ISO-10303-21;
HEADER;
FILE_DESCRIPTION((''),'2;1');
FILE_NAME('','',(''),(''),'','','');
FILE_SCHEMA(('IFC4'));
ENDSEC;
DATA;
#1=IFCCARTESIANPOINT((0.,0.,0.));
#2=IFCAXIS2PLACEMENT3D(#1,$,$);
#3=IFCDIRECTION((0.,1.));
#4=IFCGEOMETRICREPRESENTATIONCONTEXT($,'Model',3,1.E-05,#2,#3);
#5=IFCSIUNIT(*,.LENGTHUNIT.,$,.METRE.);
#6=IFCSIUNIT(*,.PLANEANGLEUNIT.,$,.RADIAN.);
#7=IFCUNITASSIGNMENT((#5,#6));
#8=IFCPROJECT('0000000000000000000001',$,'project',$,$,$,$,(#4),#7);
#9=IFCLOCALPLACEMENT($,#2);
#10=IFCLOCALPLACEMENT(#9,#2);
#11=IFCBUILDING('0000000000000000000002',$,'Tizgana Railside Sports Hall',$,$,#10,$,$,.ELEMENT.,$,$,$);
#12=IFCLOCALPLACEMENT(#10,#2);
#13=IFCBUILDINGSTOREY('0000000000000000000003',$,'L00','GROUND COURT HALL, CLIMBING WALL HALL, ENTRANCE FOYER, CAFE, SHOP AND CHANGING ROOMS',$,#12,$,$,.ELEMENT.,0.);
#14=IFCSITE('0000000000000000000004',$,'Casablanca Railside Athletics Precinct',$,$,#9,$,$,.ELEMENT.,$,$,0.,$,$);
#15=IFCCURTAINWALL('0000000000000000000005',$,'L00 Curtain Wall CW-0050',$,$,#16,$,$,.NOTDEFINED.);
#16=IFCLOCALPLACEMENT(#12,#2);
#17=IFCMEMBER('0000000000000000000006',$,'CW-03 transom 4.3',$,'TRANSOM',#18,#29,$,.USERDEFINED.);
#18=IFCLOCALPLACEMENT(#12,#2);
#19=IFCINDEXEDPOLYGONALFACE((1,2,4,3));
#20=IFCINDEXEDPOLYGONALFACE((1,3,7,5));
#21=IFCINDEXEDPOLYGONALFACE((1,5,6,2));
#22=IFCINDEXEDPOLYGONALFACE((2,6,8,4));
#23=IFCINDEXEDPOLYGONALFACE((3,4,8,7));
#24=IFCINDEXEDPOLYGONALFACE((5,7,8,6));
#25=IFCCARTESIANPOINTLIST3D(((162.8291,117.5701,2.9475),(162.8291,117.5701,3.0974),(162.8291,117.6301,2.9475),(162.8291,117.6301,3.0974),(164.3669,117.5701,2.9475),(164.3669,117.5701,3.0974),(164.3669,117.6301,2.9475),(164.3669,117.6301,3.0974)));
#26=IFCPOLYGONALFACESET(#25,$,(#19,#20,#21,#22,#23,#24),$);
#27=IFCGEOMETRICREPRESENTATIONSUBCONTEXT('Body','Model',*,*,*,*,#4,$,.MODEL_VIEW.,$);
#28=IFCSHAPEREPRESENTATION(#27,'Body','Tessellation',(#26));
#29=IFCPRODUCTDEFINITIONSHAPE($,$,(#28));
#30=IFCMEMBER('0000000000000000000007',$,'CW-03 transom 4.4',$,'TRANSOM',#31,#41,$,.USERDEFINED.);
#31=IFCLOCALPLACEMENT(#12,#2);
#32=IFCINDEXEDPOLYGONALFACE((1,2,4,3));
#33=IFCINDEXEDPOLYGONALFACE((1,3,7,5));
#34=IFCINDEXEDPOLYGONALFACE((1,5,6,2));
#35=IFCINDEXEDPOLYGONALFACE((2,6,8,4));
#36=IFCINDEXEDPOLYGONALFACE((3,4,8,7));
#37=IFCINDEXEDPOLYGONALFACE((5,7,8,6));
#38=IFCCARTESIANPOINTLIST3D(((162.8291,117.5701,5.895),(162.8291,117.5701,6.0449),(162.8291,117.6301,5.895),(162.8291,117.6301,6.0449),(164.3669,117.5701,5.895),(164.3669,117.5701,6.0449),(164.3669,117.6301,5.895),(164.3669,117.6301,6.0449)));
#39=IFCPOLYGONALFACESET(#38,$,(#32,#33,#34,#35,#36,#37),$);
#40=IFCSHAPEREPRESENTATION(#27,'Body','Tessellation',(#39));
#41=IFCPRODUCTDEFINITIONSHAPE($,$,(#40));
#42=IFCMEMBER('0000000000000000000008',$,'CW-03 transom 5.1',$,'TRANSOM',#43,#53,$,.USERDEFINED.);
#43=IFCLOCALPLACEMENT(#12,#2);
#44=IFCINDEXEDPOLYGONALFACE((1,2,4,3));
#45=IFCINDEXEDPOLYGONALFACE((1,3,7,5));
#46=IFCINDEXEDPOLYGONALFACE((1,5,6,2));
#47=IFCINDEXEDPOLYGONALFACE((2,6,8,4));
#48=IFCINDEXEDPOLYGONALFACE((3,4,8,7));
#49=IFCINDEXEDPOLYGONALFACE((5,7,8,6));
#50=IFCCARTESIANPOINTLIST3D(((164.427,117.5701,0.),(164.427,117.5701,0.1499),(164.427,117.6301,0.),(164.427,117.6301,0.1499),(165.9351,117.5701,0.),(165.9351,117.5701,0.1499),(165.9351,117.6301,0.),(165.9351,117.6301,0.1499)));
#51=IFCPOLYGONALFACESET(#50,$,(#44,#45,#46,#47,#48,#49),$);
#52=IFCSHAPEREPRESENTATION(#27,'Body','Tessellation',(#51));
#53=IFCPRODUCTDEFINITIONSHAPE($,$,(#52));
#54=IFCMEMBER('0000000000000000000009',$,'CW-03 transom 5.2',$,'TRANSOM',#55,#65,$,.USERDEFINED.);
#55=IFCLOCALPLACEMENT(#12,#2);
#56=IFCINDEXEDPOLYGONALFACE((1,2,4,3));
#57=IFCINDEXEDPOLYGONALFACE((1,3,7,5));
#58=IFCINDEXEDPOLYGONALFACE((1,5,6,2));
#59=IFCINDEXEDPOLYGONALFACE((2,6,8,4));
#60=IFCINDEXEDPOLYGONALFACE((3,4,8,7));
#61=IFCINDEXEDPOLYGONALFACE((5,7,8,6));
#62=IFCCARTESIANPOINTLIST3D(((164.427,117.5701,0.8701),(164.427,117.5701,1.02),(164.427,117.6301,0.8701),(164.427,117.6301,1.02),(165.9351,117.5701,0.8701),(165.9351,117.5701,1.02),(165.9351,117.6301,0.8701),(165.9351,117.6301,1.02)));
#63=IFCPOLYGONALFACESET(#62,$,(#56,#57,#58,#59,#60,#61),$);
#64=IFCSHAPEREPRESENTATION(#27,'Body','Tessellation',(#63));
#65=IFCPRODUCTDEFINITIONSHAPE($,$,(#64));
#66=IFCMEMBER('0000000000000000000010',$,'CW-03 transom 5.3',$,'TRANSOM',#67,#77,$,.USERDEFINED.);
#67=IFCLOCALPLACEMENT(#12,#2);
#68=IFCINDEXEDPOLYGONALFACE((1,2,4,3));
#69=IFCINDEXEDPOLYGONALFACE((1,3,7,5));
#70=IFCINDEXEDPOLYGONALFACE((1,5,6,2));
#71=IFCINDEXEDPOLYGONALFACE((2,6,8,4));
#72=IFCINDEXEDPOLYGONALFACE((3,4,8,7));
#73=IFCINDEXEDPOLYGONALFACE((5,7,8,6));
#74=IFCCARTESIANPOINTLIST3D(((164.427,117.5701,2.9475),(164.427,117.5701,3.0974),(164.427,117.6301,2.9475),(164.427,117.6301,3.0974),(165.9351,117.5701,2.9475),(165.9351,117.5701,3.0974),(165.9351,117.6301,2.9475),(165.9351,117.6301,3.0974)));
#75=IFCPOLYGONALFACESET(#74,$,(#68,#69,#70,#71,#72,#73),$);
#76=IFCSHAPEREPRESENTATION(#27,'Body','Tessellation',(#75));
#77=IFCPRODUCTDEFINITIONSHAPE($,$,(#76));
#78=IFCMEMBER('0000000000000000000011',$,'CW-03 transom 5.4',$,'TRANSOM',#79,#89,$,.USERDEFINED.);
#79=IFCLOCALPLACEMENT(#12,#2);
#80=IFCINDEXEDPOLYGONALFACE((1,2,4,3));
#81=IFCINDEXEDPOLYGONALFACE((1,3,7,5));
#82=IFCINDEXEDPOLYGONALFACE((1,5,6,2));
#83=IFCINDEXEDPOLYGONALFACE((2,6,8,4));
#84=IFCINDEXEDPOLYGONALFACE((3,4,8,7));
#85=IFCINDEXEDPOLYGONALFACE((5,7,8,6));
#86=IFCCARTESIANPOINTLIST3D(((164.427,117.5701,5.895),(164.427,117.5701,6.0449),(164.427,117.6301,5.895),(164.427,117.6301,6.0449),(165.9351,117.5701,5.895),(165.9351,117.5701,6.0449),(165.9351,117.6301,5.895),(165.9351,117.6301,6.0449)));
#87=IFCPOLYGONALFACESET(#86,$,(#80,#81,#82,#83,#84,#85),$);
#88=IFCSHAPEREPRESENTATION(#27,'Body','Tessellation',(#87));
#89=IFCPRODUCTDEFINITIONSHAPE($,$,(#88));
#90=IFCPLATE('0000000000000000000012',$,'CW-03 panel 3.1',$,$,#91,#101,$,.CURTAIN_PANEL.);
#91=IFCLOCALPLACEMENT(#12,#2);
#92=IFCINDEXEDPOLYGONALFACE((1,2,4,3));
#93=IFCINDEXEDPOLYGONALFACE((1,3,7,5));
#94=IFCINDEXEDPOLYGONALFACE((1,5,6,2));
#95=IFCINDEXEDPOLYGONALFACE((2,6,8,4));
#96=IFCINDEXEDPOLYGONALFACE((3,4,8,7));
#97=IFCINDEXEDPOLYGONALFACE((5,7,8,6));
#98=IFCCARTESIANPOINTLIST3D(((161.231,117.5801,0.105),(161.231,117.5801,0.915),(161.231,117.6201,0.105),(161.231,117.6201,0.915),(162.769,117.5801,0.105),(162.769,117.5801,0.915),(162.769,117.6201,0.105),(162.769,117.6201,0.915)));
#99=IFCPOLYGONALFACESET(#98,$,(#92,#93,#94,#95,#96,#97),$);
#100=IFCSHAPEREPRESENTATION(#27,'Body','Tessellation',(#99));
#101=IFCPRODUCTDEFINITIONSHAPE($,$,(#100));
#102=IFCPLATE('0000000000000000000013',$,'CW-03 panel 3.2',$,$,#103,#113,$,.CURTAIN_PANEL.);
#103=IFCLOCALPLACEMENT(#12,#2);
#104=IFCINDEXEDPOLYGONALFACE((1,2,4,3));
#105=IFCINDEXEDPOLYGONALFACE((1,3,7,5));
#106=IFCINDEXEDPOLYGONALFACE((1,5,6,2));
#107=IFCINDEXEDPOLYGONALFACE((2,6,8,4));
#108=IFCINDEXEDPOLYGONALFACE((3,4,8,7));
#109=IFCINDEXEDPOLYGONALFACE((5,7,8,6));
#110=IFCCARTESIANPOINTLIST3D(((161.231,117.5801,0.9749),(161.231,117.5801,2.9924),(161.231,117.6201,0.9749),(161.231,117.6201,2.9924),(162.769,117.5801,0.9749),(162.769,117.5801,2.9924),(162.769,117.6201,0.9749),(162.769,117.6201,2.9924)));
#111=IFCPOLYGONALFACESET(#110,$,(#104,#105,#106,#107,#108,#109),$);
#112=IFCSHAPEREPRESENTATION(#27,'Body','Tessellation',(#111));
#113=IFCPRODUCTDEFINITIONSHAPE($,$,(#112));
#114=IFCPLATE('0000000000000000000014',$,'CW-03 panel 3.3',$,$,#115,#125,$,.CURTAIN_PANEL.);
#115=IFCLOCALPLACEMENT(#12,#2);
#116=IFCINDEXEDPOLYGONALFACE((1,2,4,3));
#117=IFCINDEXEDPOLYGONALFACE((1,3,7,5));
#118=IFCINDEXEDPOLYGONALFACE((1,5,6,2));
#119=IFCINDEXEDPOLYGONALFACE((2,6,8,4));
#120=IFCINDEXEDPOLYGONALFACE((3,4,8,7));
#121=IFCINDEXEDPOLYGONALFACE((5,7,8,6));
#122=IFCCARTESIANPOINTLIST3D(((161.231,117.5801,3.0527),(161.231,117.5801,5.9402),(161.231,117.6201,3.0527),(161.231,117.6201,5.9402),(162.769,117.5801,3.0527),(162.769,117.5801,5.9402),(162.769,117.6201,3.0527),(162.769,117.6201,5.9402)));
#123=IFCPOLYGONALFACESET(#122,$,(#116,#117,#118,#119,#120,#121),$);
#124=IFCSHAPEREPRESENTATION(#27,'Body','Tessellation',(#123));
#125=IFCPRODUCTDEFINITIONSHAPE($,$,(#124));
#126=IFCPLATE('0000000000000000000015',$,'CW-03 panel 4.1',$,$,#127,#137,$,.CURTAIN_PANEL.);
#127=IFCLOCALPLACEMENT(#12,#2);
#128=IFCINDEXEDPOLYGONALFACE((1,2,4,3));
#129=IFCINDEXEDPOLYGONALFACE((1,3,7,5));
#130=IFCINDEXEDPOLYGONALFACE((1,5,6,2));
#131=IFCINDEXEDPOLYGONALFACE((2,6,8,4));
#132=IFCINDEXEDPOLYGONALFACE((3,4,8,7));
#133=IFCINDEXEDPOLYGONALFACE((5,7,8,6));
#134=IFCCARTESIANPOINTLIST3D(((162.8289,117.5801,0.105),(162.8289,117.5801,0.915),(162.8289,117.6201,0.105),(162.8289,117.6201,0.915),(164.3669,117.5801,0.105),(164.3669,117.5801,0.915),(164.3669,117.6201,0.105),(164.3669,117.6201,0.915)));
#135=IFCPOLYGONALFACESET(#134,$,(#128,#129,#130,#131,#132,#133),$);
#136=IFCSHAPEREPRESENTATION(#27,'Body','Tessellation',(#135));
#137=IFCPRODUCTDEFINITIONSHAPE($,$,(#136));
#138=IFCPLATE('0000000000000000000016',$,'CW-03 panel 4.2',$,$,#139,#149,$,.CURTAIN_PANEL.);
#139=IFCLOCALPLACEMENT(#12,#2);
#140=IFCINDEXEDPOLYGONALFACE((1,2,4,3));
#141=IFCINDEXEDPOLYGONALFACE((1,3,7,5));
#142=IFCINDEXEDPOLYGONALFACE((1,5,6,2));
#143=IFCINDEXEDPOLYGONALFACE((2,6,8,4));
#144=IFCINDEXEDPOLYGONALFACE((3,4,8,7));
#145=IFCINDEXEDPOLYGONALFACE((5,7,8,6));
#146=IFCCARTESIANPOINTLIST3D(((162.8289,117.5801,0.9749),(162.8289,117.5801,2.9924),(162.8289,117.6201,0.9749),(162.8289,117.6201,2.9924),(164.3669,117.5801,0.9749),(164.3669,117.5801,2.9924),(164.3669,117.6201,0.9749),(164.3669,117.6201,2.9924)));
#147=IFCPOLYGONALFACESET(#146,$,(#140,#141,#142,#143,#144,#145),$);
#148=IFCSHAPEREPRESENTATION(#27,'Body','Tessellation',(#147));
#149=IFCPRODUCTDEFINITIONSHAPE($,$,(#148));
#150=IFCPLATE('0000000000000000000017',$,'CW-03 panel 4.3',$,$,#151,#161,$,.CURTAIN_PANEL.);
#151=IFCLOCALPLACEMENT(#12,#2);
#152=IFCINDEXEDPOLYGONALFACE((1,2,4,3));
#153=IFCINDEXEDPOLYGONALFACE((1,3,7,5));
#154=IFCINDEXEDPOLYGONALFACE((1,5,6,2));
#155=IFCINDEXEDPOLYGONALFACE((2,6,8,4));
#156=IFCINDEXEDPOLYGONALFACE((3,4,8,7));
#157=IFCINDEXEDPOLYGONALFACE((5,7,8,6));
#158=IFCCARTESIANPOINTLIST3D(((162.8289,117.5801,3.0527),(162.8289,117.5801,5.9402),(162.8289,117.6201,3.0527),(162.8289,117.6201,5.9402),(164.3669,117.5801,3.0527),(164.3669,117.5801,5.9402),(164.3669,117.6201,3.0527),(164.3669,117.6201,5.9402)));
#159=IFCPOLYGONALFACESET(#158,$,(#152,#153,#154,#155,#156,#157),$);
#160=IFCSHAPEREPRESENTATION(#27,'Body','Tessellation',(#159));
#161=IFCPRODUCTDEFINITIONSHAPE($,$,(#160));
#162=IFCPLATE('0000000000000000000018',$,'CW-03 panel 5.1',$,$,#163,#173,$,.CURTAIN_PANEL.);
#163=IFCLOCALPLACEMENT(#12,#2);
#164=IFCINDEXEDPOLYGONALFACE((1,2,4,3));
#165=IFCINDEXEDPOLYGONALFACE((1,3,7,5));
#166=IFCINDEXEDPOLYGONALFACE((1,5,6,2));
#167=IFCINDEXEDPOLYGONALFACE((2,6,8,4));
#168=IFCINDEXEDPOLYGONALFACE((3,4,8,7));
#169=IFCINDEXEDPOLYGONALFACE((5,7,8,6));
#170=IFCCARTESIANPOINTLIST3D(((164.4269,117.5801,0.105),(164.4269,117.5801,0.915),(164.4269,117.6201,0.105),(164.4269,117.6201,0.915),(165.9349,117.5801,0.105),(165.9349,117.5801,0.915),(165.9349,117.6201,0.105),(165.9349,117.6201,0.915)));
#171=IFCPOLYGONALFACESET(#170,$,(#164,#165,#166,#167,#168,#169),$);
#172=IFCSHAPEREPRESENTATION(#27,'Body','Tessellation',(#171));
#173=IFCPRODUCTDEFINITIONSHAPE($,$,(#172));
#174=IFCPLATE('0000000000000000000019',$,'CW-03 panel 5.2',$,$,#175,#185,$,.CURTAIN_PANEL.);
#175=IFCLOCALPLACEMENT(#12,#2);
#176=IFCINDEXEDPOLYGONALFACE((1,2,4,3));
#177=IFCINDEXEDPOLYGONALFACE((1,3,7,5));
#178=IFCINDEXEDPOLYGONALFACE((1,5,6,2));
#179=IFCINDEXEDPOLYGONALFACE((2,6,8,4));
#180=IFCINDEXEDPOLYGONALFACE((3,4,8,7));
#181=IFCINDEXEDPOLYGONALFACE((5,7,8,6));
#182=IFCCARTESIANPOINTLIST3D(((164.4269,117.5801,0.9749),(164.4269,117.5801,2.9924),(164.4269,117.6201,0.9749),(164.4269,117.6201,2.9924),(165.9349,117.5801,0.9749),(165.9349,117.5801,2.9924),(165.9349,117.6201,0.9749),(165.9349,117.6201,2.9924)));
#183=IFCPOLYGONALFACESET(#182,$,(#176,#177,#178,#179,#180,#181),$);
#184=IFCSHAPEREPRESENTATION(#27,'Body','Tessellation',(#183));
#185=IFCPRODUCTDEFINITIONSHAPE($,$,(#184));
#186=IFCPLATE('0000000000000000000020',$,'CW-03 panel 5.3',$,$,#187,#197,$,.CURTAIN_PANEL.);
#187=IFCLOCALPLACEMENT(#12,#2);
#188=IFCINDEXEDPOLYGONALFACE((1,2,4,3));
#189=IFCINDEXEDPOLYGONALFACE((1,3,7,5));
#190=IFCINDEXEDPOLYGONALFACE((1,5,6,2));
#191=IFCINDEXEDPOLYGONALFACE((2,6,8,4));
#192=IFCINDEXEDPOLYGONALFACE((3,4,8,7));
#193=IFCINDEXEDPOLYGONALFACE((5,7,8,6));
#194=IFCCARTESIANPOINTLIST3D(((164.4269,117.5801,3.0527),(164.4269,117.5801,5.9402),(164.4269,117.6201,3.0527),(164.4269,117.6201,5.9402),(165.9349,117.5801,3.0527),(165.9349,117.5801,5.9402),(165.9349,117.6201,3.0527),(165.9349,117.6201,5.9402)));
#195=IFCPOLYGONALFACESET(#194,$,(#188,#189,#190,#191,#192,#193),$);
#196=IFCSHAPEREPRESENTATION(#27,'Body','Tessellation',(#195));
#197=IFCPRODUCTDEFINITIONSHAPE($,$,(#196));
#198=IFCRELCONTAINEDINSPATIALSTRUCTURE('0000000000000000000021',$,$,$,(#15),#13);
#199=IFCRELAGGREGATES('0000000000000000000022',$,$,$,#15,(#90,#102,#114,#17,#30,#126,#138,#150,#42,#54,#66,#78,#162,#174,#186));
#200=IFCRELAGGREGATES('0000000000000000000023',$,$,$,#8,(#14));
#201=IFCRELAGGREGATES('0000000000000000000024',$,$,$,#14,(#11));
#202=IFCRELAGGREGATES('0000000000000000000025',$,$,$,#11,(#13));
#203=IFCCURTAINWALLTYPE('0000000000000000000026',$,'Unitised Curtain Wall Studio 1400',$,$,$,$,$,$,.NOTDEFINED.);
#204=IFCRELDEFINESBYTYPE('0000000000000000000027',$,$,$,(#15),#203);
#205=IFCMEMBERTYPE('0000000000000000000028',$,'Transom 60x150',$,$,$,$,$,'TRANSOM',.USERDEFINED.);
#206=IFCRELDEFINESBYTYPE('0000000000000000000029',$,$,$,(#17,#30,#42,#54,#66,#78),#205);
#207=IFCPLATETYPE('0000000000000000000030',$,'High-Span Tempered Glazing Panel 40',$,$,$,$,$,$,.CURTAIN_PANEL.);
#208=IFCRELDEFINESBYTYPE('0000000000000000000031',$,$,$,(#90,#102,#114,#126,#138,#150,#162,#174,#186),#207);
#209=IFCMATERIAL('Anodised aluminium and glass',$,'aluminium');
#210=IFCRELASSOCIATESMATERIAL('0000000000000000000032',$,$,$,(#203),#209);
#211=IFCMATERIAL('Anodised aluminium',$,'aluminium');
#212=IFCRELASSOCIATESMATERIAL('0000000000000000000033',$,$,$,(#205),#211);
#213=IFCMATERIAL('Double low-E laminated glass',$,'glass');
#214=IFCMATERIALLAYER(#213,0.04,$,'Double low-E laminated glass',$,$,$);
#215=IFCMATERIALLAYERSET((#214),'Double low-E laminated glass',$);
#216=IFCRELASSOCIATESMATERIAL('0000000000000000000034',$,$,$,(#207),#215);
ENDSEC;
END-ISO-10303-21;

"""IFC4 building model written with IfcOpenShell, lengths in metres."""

from ifc_helpers import new_model, si_unit, direction, frame, origin, origin_2d, place, context, subcontext, project, spatial, rectangle, extrude, material, layer, layer_set, material_profile, profile_set, type_object, element, aggregate, save


model = new_model("IFC4")

# Units and contexts
model_context = context("Model", 3, precision=1e-05, world=origin(), true_north=direction((0.0, 1.0)))
body_context = subcontext(model_context, "Body", "Model", "MODEL_VIEW")
ifc_project = project(units=[si_unit("LENGTHUNIT", "METRE"), si_unit("PLANEANGLEUNIT", "RADIAN")], contexts=[model_context])

# Site, building, storey
site_placement = place(None, origin())
site = spatial("IfcSite", under=ifc_project, at=site_placement, Name="Casablanca Railside Athletics Precinct", CompositionType="ELEMENT", RefElevation=0.0)
building_placement = place(site_placement, origin())
building = spatial("IfcBuilding", under=site, at=building_placement, Name="Tizgana Railside Sports Hall", CompositionType="ELEMENT")
storey_placement = place(building_placement, origin())
storey = spatial("IfcBuildingStorey", under=building, at=storey_placement, Name="L00", Description="GROUND COURT HALL, CLIMBING WALL HALL, ENTRANCE FOYER, CAFE, SHOP AND CHANGING ROOMS", CompositionType="ELEMENT", Elevation=0.0)

# Curtain wall
ifc_material_1 = material(Name="Anodised aluminium and glass", Category="aluminium")
curtain_wall_type_1 = type_object("IfcCurtainWallType", Name="Unitised Curtain Wall Studio 1400", PredefinedType="NOTDEFINED", material=ifc_material_1)
curtain_wall_1_placement = place(storey_placement, origin())
curtain_wall_1 = element("IfcCurtainWall", 1, at=curtain_wall_1_placement, inside=storey, type_object=curtain_wall_type_1, Name="L00 Curtain Wall CW-0050", PredefinedType="NOTDEFINED")
ifc_material_2 = material(Name="Anodised aluminium", Category="aluminium")

# Members
ifc_material_profile_1 = material_profile(ifc_material_2, rectangle(XDim=0.0601, YDim=0.1499, at=origin_2d()), Name="Transom 60x150")
ifc_profile_set_1 = profile_set([ifc_material_profile_1], Name="Anodised aluminium")
member_type_1 = type_object("IfcMemberType", Name="Transom 60x150", ElementType="TRANSOM", PredefinedType="USERDEFINED", material=ifc_profile_set_1)
member_1_placement = place(storey_placement, frame((162.8291, 117.6001, 3.0225), z_axis=(1.0, 0.0, 0.0), x_axis=(0.0, 1.0, 0.0)))
member_1 = element("IfcMember", 2, at=member_1_placement, type_object=member_type_1, Name="CW-03 transom 4.3", ObjectType="TRANSOM", PredefinedType="USERDEFINED", context=body_context, shape_type="SweptSolid", body=[
    extrude(rectangle(XDim=0.0601, YDim=0.1499, at=origin_2d()), origin(), (0.0, 0.0, 1.0), 1.5378),
])
member_2_placement = place(storey_placement, frame((162.8291, 117.6001, 5.97), z_axis=(1.0, 0.0, 0.0), x_axis=(0.0, 1.0, 0.0)))
member_2 = element("IfcMember", 3, at=member_2_placement, type_object=member_type_1, Name="CW-03 transom 4.4", ObjectType="TRANSOM", PredefinedType="USERDEFINED", context=body_context, shape_type="SweptSolid", body=[
    extrude(rectangle(XDim=0.0601, YDim=0.1499, at=origin_2d()), origin(), (0.0, 0.0, 1.0), 1.5378),
])
member_3_placement = place(storey_placement, frame((164.427, 117.6001, 0.075), z_axis=(1.0, 0.0, 0.0), x_axis=(0.0, 1.0, 0.0)))
member_3 = element("IfcMember", 4, at=member_3_placement, type_object=member_type_1, Name="CW-03 transom 5.1", ObjectType="TRANSOM", PredefinedType="USERDEFINED", context=body_context, shape_type="SweptSolid", body=[
    extrude(rectangle(XDim=0.0601, YDim=0.1499, at=origin_2d()), origin(), (0.0, 0.0, 1.0), 1.5081),
])
member_4_placement = place(storey_placement, frame((164.427, 117.6001, 0.9451), z_axis=(1.0, 0.0, 0.0), x_axis=(0.0, 1.0, 0.0)))
member_4 = element("IfcMember", 5, at=member_4_placement, type_object=member_type_1, Name="CW-03 transom 5.2", ObjectType="TRANSOM", PredefinedType="USERDEFINED", context=body_context, shape_type="SweptSolid", body=[
    extrude(rectangle(XDim=0.0601, YDim=0.1499, at=origin_2d()), origin(), (0.0, 0.0, 1.0), 1.5081),
])
member_5_placement = place(storey_placement, frame((164.427, 117.6001, 3.0225), z_axis=(1.0, 0.0, 0.0), x_axis=(0.0, 1.0, 0.0)))
member_5 = element("IfcMember", 6, at=member_5_placement, type_object=member_type_1, Name="CW-03 transom 5.3", ObjectType="TRANSOM", PredefinedType="USERDEFINED", context=body_context, shape_type="SweptSolid", body=[
    extrude(rectangle(XDim=0.0601, YDim=0.1499, at=origin_2d()), origin(), (0.0, 0.0, 1.0), 1.5081),
])
member_6_placement = place(storey_placement, frame((164.427, 117.6001, 5.97), z_axis=(1.0, 0.0, 0.0), x_axis=(0.0, 1.0, 0.0)))
member_6 = element("IfcMember", 7, at=member_6_placement, type_object=member_type_1, Name="CW-03 transom 5.4", ObjectType="TRANSOM", PredefinedType="USERDEFINED", context=body_context, shape_type="SweptSolid", body=[
    extrude(rectangle(XDim=0.0601, YDim=0.1499, at=origin_2d()), origin(), (0.0, 0.0, 1.0), 1.5081),
])

# Plates
ifc_material_3 = material(Name="Double low-E laminated glass", Category="glass")
ifc_layer_1 = layer(ifc_material_3, 0.04, Name="Double low-E laminated glass")
ifc_layer_set_1 = layer_set([ifc_layer_1], Name="Double low-E laminated glass")
plate_type = type_object("IfcPlateType", Name="High-Span Tempered Glazing Panel 40", PredefinedType="CURTAIN_PANEL", material=ifc_layer_set_1)
plate_1_placement = place(storey_placement, frame((162.0, 117.6001, 0.105), z_axis=(0.0, 0.0, 1.0), x_axis=(1.0, 0.0, 0.0)))
plate_1 = element("IfcPlate", 8, at=plate_1_placement, type_object=plate_type, Name="CW-03 panel 3.1", PredefinedType="CURTAIN_PANEL", context=body_context, shape_type="SweptSolid", body=[
    extrude(rectangle(XDim=1.5381, YDim=0.04, at=origin_2d()), origin(), (0.0, 0.0, 1.0), 0.8101),
])
plate_2_placement = place(storey_placement, frame((162.0, 117.6001, 0.9749), z_axis=(0.0, 0.0, 1.0), x_axis=(1.0, 0.0, 0.0)))
plate_2 = element("IfcPlate", 9, at=plate_2_placement, type_object=plate_type, Name="CW-03 panel 3.2", PredefinedType="CURTAIN_PANEL", context=body_context, shape_type="SweptSolid", body=[
    extrude(rectangle(XDim=1.5381, YDim=0.04, at=origin_2d()), origin(), (0.0, 0.0, 1.0), 2.0176),
])
plate_3_placement = place(storey_placement, frame((162.0, 117.6001, 3.0527), z_axis=(0.0, 0.0, 1.0), x_axis=(1.0, 0.0, 0.0)))
plate_3 = element("IfcPlate", 10, at=plate_3_placement, type_object=plate_type, Name="CW-03 panel 3.3", PredefinedType="CURTAIN_PANEL", context=body_context, shape_type="SweptSolid", body=[
    extrude(rectangle(XDim=1.5381, YDim=0.04, at=origin_2d()), origin(), (0.0, 0.0, 1.0), 2.8875),
])
plate_4_placement = place(storey_placement, frame((163.5979, 117.6001, 0.105), z_axis=(0.0, 0.0, 1.0), x_axis=(1.0, 0.0, 0.0)))
plate_4 = element("IfcPlate", 11, at=plate_4_placement, type_object=plate_type, Name="CW-03 panel 4.1", PredefinedType="CURTAIN_PANEL", context=body_context, shape_type="SweptSolid", body=[
    extrude(rectangle(XDim=1.5381, YDim=0.04, at=origin_2d()), origin(), (0.0, 0.0, 1.0), 0.8101),
])
plate_5_placement = place(storey_placement, frame((163.5979, 117.6001, 0.9749), z_axis=(0.0, 0.0, 1.0), x_axis=(1.0, 0.0, 0.0)))
plate_5 = element("IfcPlate", 12, at=plate_5_placement, type_object=plate_type, Name="CW-03 panel 4.2", PredefinedType="CURTAIN_PANEL", context=body_context, shape_type="SweptSolid", body=[
    extrude(rectangle(XDim=1.5381, YDim=0.04, at=origin_2d()), origin(), (0.0, 0.0, 1.0), 2.0176),
])
plate_6_placement = place(storey_placement, frame((163.5979, 117.6001, 3.0527), z_axis=(0.0, 0.0, 1.0), x_axis=(1.0, 0.0, 0.0)))
plate_6 = element("IfcPlate", 13, at=plate_6_placement, type_object=plate_type, Name="CW-03 panel 4.3", PredefinedType="CURTAIN_PANEL", context=body_context, shape_type="SweptSolid", body=[
    extrude(rectangle(XDim=1.5381, YDim=0.04, at=origin_2d()), origin(), (0.0, 0.0, 1.0), 2.8875),
])
plate_7_placement = place(storey_placement, frame((165.1809, 117.6001, 0.105), z_axis=(0.0, 0.0, 1.0), x_axis=(1.0, 0.0, 0.0)))
plate_7 = element("IfcPlate", 14, at=plate_7_placement, type_object=plate_type, Name="CW-03 panel 5.1", PredefinedType="CURTAIN_PANEL", context=body_context, shape_type="SweptSolid", body=[
    extrude(rectangle(XDim=1.5081, YDim=0.04, at=origin_2d()), origin(), (0.0, 0.0, 1.0), 0.8101),
])
plate_8_placement = place(storey_placement, frame((165.1809, 117.6001, 0.9749), z_axis=(0.0, 0.0, 1.0), x_axis=(1.0, 0.0, 0.0)))
plate_8 = element("IfcPlate", 15, at=plate_8_placement, type_object=plate_type, Name="CW-03 panel 5.2", PredefinedType="CURTAIN_PANEL", context=body_context, shape_type="SweptSolid", body=[
    extrude(rectangle(XDim=1.5081, YDim=0.04, at=origin_2d()), origin(), (0.0, 0.0, 1.0), 2.0176),
])
plate_9_placement = place(storey_placement, frame((165.1809, 117.6001, 3.0527), z_axis=(0.0, 0.0, 1.0), x_axis=(1.0, 0.0, 0.0)))
plate_9 = element("IfcPlate", 16, at=plate_9_placement, type_object=plate_type, Name="CW-03 panel 5.3", PredefinedType="CURTAIN_PANEL", context=body_context, shape_type="SweptSolid", body=[
    extrude(rectangle(XDim=1.5081, YDim=0.04, at=origin_2d()), origin(), (0.0, 0.0, 1.0), 2.8875),
])
aggregate(curtain_wall_1, [plate_1, plate_2, plate_3, member_1, member_2, plate_4, plate_5, plate_6, member_3, member_4, member_5, member_6, plate_7, plate_8, plate_9])

save(model, "model.ifc")
